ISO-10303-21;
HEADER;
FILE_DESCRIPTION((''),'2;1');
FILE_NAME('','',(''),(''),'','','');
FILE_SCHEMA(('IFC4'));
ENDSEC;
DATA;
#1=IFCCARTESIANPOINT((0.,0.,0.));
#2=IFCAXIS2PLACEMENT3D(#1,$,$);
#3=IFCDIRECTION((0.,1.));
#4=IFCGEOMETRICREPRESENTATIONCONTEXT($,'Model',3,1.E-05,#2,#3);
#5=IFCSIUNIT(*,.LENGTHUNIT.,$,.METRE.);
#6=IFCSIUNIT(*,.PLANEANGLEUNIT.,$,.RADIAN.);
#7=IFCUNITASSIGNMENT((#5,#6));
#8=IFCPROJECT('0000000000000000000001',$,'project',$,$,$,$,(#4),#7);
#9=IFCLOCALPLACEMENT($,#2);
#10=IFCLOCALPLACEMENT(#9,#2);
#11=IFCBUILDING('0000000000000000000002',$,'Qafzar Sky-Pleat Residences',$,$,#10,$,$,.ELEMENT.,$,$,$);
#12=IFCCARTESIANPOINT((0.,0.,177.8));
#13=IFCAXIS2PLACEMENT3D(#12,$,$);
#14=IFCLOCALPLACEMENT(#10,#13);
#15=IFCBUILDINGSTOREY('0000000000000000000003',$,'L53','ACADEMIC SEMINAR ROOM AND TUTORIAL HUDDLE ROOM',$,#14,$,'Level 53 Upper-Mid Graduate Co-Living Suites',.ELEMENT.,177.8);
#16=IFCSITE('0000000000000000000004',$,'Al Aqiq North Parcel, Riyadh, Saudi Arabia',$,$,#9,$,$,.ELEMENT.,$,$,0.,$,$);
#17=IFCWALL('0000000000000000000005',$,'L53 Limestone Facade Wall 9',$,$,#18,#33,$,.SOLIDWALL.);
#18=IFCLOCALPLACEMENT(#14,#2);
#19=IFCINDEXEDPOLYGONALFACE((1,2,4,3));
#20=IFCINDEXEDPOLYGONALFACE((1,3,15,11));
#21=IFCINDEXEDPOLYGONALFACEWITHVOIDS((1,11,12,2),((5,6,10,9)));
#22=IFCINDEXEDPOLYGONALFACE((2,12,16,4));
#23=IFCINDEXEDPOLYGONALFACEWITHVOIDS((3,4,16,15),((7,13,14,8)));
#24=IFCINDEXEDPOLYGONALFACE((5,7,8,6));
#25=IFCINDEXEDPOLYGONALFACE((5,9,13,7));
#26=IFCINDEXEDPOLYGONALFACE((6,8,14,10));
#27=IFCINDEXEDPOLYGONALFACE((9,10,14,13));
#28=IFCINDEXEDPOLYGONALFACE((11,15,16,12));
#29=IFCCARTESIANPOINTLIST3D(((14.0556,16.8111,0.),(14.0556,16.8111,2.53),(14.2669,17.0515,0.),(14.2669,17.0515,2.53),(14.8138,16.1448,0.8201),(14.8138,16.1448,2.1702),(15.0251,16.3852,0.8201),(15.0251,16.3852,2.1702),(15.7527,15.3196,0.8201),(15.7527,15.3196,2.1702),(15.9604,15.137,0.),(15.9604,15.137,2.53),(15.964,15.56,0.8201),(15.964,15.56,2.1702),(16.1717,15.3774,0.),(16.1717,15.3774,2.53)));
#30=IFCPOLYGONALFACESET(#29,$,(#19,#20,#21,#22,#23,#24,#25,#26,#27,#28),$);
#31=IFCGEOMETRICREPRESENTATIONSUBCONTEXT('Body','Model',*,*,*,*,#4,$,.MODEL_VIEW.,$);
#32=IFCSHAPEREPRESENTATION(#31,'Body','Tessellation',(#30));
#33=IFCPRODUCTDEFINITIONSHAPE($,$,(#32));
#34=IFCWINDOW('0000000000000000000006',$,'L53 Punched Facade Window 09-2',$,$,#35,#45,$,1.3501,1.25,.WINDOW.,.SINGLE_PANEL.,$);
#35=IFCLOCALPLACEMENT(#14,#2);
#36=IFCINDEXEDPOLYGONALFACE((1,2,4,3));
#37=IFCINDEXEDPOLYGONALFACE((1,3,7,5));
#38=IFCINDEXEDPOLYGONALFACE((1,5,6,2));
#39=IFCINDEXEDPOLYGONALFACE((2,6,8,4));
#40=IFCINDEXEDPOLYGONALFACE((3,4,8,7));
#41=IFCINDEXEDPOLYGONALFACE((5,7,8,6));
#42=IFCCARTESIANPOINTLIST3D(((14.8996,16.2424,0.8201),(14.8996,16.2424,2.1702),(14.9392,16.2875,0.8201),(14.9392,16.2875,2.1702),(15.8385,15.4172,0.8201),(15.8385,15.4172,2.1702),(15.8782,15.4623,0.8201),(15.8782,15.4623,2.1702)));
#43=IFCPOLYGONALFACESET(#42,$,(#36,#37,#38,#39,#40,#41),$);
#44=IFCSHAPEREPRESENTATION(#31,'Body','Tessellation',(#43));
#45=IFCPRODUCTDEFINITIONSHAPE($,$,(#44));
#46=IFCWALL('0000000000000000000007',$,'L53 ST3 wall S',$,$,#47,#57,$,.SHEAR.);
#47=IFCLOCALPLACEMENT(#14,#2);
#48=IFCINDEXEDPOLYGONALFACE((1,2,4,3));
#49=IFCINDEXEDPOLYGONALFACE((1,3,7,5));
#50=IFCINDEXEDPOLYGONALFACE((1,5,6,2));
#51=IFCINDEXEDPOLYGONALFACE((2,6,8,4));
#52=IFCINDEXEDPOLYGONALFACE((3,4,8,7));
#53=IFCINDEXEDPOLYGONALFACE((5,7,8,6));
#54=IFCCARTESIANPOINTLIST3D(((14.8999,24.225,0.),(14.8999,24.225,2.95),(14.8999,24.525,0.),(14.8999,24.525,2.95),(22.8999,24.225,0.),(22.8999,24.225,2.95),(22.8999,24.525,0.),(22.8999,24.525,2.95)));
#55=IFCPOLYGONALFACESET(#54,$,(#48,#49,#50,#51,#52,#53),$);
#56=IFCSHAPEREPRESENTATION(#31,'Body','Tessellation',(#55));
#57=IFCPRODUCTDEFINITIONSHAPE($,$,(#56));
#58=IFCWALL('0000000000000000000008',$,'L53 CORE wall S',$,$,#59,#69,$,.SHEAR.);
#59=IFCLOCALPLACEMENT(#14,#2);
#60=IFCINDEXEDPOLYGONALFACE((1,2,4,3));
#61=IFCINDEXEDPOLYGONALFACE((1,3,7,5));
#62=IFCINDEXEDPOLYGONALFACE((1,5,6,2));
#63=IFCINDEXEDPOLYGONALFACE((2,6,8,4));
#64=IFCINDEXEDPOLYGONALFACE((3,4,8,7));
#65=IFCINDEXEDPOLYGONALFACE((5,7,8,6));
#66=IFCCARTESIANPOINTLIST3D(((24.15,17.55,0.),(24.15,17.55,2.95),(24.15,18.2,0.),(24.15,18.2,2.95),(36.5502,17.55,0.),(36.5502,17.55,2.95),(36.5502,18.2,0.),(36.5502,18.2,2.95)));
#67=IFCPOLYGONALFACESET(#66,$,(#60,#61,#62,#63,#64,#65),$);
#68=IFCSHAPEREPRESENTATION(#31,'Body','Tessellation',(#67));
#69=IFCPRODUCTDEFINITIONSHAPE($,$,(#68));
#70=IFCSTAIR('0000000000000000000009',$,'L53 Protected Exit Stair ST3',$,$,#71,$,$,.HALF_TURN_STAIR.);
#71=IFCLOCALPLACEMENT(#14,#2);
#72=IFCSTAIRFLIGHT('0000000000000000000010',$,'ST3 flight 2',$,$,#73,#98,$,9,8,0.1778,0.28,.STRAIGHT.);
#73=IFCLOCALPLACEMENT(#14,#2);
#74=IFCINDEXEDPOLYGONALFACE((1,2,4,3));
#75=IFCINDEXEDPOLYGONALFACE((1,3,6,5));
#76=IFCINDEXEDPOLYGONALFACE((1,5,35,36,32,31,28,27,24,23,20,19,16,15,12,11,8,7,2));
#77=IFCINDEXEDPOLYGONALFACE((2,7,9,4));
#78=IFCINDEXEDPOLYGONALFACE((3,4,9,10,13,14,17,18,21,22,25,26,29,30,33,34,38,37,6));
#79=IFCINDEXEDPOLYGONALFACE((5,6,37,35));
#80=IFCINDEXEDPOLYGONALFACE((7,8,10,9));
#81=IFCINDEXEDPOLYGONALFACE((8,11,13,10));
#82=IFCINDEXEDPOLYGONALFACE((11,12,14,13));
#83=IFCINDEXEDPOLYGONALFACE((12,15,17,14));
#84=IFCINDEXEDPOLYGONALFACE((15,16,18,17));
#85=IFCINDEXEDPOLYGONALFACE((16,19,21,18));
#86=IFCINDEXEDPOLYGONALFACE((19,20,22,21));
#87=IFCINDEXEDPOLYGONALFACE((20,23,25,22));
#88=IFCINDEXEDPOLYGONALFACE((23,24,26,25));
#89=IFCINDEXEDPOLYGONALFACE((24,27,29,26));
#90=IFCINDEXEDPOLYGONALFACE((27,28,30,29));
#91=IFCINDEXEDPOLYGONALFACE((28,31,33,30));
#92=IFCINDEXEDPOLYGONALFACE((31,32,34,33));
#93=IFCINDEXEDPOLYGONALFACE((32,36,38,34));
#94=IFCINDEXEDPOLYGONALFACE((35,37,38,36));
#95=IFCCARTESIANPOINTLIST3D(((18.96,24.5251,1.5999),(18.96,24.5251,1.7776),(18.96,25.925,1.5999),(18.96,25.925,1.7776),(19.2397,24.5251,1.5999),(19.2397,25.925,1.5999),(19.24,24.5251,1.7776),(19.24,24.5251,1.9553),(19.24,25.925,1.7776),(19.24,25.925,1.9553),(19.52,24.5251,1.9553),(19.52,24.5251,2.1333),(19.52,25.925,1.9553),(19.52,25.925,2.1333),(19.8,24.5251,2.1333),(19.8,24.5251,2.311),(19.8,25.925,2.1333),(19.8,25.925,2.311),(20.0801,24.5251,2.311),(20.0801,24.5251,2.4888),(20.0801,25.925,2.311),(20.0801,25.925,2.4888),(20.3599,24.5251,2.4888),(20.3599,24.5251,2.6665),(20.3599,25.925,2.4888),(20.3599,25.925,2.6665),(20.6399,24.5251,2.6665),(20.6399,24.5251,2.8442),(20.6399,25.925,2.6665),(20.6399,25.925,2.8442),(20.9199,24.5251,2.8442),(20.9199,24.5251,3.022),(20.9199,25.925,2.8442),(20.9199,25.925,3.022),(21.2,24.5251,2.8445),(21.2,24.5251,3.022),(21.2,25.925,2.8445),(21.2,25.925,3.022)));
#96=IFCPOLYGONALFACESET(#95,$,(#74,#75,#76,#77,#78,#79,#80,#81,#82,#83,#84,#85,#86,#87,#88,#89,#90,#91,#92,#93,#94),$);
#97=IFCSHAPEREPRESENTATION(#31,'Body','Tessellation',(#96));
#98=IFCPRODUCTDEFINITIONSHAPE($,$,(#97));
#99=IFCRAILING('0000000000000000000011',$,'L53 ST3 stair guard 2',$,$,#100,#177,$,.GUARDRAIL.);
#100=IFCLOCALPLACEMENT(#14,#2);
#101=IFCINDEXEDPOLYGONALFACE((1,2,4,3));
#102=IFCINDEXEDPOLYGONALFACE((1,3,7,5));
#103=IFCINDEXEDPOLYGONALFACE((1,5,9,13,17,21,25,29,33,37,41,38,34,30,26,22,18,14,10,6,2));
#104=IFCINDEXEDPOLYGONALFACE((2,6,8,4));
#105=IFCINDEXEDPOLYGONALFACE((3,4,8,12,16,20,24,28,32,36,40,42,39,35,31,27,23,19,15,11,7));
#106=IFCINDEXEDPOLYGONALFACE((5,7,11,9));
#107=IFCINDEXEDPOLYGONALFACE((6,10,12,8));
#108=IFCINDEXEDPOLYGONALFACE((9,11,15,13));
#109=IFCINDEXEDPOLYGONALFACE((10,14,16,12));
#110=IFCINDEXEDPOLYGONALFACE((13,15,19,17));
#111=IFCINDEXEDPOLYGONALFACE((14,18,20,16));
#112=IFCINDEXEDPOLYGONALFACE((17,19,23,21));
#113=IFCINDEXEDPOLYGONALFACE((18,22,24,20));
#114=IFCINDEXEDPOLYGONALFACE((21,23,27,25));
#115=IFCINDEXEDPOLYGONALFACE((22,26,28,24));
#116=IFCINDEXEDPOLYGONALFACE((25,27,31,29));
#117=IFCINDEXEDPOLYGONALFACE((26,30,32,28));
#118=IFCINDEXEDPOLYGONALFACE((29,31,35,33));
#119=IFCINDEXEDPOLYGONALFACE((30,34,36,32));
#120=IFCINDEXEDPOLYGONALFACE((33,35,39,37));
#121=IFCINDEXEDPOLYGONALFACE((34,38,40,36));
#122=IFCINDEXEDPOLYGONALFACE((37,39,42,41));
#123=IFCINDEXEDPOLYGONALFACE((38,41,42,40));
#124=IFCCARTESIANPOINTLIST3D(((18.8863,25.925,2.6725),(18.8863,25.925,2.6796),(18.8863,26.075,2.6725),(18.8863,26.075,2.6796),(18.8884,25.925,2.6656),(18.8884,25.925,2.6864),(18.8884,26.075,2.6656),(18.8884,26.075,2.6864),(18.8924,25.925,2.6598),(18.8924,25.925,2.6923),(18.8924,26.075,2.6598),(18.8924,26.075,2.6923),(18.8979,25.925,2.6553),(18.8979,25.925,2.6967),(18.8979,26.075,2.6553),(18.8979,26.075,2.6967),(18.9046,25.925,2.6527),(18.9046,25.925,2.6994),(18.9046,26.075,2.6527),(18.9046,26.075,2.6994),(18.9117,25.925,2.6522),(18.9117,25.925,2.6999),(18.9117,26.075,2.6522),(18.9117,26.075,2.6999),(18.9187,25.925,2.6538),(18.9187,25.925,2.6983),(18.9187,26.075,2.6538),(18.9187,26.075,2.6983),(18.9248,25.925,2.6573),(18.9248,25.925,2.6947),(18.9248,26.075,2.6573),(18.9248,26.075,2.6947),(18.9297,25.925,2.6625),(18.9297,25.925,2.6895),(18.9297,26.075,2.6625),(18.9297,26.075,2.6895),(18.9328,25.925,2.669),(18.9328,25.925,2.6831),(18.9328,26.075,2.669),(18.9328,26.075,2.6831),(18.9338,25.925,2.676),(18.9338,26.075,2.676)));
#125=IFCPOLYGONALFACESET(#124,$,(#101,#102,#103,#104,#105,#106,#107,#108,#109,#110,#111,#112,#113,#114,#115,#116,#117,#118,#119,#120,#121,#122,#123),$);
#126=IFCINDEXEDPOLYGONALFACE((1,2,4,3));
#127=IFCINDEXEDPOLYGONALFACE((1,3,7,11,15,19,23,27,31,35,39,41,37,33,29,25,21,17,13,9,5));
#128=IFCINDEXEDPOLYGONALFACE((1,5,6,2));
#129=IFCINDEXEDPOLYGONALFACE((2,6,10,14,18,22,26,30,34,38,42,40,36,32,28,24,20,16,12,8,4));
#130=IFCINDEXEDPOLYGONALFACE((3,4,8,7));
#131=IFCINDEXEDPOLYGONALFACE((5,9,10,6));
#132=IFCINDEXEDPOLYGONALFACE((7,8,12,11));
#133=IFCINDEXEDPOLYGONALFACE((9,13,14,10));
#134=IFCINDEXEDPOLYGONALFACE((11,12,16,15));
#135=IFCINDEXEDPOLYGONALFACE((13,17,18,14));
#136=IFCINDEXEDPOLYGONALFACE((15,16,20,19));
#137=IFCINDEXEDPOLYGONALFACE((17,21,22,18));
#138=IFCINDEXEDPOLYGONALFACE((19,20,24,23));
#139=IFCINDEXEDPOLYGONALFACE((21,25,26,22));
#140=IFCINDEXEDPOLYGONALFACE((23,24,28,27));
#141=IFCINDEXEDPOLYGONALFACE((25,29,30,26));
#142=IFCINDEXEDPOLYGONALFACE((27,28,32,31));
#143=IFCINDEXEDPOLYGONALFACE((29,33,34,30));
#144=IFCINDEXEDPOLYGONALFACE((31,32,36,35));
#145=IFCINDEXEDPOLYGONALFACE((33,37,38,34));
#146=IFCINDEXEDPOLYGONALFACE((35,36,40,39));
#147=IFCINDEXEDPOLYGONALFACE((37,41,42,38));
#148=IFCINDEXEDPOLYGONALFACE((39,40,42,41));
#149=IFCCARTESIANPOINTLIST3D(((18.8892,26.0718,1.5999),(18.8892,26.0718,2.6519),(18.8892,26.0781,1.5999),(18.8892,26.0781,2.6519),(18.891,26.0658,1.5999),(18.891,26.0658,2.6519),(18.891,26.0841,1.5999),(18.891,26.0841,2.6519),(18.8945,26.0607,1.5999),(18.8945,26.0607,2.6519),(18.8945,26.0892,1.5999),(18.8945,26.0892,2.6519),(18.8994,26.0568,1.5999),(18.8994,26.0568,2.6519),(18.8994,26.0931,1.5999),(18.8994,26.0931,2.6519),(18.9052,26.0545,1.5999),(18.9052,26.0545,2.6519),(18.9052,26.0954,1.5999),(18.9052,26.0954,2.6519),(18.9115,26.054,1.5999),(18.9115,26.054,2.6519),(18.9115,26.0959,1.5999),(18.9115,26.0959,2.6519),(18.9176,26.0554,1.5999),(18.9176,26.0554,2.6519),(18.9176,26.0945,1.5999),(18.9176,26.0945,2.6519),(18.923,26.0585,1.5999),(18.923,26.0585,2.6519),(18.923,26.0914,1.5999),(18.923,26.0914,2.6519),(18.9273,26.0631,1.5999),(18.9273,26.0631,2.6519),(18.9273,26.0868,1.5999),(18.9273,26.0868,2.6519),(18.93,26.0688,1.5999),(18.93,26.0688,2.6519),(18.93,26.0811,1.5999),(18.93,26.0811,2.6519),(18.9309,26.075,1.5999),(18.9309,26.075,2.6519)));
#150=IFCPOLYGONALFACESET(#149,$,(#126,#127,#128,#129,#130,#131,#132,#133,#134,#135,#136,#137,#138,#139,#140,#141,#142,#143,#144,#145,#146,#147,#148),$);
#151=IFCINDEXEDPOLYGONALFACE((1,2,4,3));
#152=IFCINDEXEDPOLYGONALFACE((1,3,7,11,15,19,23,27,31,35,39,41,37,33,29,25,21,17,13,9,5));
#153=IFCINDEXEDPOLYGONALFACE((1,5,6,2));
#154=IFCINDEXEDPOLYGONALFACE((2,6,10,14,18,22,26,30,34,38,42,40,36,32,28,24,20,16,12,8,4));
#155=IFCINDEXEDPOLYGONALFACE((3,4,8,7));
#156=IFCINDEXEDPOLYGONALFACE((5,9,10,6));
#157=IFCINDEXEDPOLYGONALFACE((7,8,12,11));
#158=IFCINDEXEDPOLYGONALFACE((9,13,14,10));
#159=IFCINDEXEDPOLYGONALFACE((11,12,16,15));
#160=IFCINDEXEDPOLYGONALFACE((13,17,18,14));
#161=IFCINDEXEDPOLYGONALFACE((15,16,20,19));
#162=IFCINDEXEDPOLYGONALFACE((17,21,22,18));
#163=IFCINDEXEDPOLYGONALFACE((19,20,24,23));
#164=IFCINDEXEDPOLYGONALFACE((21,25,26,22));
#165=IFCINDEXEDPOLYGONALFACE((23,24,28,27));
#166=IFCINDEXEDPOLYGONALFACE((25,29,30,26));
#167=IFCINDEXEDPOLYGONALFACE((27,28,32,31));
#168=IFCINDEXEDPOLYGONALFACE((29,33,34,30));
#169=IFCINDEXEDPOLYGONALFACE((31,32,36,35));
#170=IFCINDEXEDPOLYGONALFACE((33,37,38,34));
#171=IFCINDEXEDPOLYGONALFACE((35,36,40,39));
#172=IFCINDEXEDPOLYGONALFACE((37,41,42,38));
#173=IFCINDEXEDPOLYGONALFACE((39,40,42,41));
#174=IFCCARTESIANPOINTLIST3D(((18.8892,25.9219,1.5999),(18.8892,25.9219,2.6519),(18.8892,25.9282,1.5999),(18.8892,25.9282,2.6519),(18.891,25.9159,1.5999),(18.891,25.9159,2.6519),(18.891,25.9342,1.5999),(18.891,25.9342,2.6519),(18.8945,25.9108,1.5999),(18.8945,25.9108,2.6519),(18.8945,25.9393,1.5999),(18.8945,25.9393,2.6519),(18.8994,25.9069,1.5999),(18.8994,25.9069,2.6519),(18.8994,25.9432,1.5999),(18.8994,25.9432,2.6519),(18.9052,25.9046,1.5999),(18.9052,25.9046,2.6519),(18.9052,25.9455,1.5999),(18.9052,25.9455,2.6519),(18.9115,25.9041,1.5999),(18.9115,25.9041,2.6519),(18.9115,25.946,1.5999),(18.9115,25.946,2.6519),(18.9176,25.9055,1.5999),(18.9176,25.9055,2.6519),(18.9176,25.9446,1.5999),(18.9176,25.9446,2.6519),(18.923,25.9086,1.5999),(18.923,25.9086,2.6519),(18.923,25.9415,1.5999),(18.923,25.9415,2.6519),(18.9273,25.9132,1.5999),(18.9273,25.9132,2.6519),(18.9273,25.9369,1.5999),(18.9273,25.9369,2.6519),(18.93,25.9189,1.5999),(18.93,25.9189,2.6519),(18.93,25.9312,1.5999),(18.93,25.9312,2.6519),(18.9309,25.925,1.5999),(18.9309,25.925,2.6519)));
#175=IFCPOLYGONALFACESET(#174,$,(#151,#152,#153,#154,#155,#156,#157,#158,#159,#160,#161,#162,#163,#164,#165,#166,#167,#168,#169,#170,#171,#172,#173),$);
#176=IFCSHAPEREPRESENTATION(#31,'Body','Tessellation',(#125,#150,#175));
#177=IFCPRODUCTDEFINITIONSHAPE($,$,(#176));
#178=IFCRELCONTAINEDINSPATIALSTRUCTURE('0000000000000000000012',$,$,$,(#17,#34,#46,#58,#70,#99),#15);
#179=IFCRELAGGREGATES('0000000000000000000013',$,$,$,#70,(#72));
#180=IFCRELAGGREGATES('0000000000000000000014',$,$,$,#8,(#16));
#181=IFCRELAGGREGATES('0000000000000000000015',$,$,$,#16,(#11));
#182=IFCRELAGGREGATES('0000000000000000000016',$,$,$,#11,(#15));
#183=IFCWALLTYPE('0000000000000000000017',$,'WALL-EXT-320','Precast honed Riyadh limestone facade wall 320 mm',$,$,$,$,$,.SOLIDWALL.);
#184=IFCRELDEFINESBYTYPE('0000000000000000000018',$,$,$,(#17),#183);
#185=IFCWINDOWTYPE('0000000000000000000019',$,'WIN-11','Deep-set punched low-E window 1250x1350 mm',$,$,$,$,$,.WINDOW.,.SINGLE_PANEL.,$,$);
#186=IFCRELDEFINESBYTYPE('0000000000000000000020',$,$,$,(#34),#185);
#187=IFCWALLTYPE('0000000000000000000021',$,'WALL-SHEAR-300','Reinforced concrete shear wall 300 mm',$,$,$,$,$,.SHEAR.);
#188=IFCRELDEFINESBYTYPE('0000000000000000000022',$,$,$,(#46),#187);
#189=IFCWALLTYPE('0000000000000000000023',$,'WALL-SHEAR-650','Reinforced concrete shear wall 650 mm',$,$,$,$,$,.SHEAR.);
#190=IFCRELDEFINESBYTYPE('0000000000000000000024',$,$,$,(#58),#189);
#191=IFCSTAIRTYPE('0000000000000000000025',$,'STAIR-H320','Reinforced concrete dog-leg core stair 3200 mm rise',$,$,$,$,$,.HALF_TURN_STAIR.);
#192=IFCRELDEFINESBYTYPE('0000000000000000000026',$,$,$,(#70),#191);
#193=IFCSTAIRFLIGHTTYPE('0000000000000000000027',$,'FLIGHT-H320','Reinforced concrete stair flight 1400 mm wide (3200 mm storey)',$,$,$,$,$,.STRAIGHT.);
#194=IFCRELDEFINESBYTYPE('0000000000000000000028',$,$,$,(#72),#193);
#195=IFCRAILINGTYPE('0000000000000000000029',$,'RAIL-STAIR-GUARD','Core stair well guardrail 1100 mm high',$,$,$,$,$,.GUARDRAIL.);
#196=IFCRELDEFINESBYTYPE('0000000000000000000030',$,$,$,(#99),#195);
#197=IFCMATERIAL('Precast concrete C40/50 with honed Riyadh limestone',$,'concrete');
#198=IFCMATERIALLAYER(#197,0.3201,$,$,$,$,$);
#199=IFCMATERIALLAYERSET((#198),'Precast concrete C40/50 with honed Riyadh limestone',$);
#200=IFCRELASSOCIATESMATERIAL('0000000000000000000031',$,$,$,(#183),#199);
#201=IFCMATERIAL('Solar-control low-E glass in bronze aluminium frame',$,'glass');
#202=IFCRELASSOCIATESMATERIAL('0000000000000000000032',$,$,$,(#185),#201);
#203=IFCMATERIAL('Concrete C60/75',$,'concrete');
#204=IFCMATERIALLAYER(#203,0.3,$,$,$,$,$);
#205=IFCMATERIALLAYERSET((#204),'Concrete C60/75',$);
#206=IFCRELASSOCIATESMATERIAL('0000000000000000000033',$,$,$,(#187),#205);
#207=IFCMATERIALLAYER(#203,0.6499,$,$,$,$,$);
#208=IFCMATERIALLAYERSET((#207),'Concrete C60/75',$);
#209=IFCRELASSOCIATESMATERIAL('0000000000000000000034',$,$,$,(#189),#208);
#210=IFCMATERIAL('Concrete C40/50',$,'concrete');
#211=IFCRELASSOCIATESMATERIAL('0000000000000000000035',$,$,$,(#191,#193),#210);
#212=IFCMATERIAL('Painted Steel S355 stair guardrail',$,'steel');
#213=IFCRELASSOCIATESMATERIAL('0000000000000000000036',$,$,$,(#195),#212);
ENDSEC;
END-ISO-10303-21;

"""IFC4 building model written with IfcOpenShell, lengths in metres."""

from ifc_helpers import new_model, si_unit, direction, frame, frame_2d, origin, origin_2d, place, context, subcontext, project, spatial, polyline, rectangle, circle, outline, extrude, source, transform, mapped, material, layer, layer_set, type_object, element, fill, aggregate, save


model = new_model("IFC4")

# Units and contexts
model_context = context("Model", 3, precision=1e-05, world=origin(), true_north=direction((0.0, 1.0)))
body_context = subcontext(model_context, "Body", "Model", "MODEL_VIEW")
ifc_project = project(units=[si_unit("LENGTHUNIT", "METRE"), si_unit("PLANEANGLEUNIT", "RADIAN")], contexts=[model_context])

# Site, building, storey
site_placement = place(None, origin())
site = spatial("IfcSite", under=ifc_project, at=site_placement, Name="Al Aqiq North Parcel, Riyadh, Saudi Arabia", CompositionType="ELEMENT", RefElevation=0.0)
building_placement = place(site_placement, origin())
building = spatial("IfcBuilding", under=site, at=building_placement, Name="Qafzar Sky-Pleat Residences", CompositionType="ELEMENT")
storey_placement = place(building_placement, frame((0.0, 0.0, 177.8)))
storey = spatial("IfcBuildingStorey", under=building, at=storey_placement, Name="L53", Description="ACADEMIC SEMINAR ROOM AND TUTORIAL HUDDLE ROOM", LongName="Level 53 Upper-Mid Graduate Co-Living Suites", CompositionType="ELEMENT", Elevation=177.8)

# Wall, opening, window
ifc_material_1 = material(Name="Precast concrete C40/50 with honed Riyadh limestone", Category="concrete")
ifc_layer_1 = layer(ifc_material_1, 0.3201)
ifc_layer_set_1 = layer_set([ifc_layer_1], Name="Precast concrete C40/50 with honed Riyadh limestone")
wall_type_1 = type_object("IfcWallType", Name="WALL-EXT-320", Description="Precast honed Riyadh limestone facade wall 320 mm", PredefinedType="SOLIDWALL", material=ifc_layer_set_1)
wall_1_placement = place(storey_placement, frame((14.1611, 16.9314, 0.0), z_axis=(0.0, 0.0, 1.0), x_axis=(0.751132, -0.660152, 0.0)))
wall_1 = element("IfcWall", 1, at=wall_1_placement, inside=storey, type_object=wall_type_1, Name="L53 Limestone Facade Wall 9", PredefinedType="SOLIDWALL", context=body_context, shape_type="SweptSolid", body=[
    extrude(rectangle(XDim=2.5359, YDim=0.3201, at=frame_2d((1.2681, 0.0))), origin(), (0.0, 0.0, 1.0), 2.53),
])
opening_1_placement = place(wall_1_placement, frame((1.0095, 0.0, 0.8201)))
opening_1 = element("IfcOpeningElement", 2, at=opening_1_placement, cuts=wall_1, PredefinedType="OPENING", context=body_context, shape_type="SweptSolid", body=[
    extrude(rectangle(XDim=1.25, YDim=1.3501, at=frame_2d((0.625, 0.675))), frame((0.0, 0.1699, 0.0), z_axis=(0.0, -1.0, 0.0), x_axis=(1.0, 0.0, 0.0)), (0.0, 0.0, 1.0), 0.3401),
])
ifc_material_2 = material(Name="Solar-control low-E glass in bronze aluminium frame", Category="glass")
window_type = type_object("IfcWindowType", Name="WIN-11", Description="Deep-set punched low-E window 1250x1350 mm", PartitioningType="SINGLE_PANEL", PredefinedType="WINDOW", material=ifc_material_2)
shared_shape_1 = source(origin(), body_context, "Body", "SweptSolid", [
    extrude(rectangle(XDim=1.25, YDim=1.3501, at=frame_2d((0.625, 0.675))), frame((0.0, 0.03, 0.0), z_axis=(0.0, -1.0, 0.0), x_axis=(1.0, 0.0, 0.0)), (0.0, 0.0, 1.0), 0.0601),
])
window_placement = place(opening_1_placement, origin())
window = element("IfcWindow", 3, at=window_placement, inside=storey, type_object=window_type, Name="L53 Punched Facade Window 09-2", OverallHeight=1.3501, OverallWidth=1.25, PartitioningType="SINGLE_PANEL", PredefinedType="WINDOW", context=body_context, shape_type="MappedRepresentation", body=[
    mapped(shared_shape_1, transform((0.0, 0.0, 0.0), x_axis=(1.0, 0.0, 0.0), y_axis=(0.0, 1.0, 0.0), z_axis=(0.0, 0.0, 1.0), scale=1.0)),
])
fill(opening_1, window)

# Wall
ifc_material_3 = material(Name="Concrete C60/75", Category="concrete")
ifc_layer_2 = layer(ifc_material_3, 0.3)
ifc_layer_set_2 = layer_set([ifc_layer_2], Name="Concrete C60/75")
wall_type_2 = type_object("IfcWallType", Name="WALL-SHEAR-300", Description="Reinforced concrete shear wall 300 mm", PredefinedType="SHEAR", material=ifc_layer_set_2)
wall_2_placement = place(storey_placement, frame((14.8999, 24.375, 0.0), z_axis=(0.0, 0.0, 1.0), x_axis=(1.0, 0.0, 0.0)))
element("IfcWall", 4, at=wall_2_placement, inside=storey, type_object=wall_type_2, Name="L53 ST3 wall S", PredefinedType="SHEAR", context=body_context, shape_type="SweptSolid", body=[
    extrude(rectangle(XDim=8.0, YDim=0.3, at=frame_2d((4.0, 0.0))), origin(), (0.0, 0.0, 1.0), 2.95),
])

# Wall
ifc_layer_3 = layer(ifc_material_3, 0.6499)
ifc_layer_set_3 = layer_set([ifc_layer_3], Name="Concrete C60/75")
wall_type_3 = type_object("IfcWallType", Name="WALL-SHEAR-650", Description="Reinforced concrete shear wall 650 mm", PredefinedType="SHEAR", material=ifc_layer_set_3)
wall_3_placement = place(storey_placement, frame((24.1499, 17.875, 0.0), z_axis=(0.0, 0.0, 1.0), x_axis=(1.0, 0.0, 0.0)))
element("IfcWall", 5, at=wall_3_placement, inside=storey, type_object=wall_type_3, Name="L53 CORE wall S", PredefinedType="SHEAR", context=body_context, shape_type="SweptSolid", body=[
    extrude(rectangle(XDim=12.4001, YDim=0.6499, at=frame_2d((6.2002, 0.0))), origin(), (0.0, 0.0, 1.0), 2.95),
])

# Stair, stair flight
ifc_material_4 = material(Name="Concrete C40/50", Category="concrete")
stair_type = type_object("IfcStairType", Name="STAIR-H320", Description="Reinforced concrete dog-leg core stair 3200 mm rise", PredefinedType="HALF_TURN_STAIR", material=ifc_material_4)
stair_placement = place(storey_placement, origin())
stair = element("IfcStair", 6, at=stair_placement, inside=storey, type_object=stair_type, Name="L53 Protected Exit Stair ST3", PredefinedType="HALF_TURN_STAIR")
stair_flight_type = type_object("IfcStairFlightType", Name="FLIGHT-H320", Description="Reinforced concrete stair flight 1400 mm wide (3200 mm storey)", PredefinedType="STRAIGHT", material=ifc_material_4)
shared_shape_2 = source(origin(), body_context, "Body", "SweptSolid", [
    extrude(outline(polyline([(0.0, 0.0), (0.0, 0.1777), (0.28, 0.1777), (0.28, 0.3555), (0.5601, 0.3555), (0.5601, 0.5334), (0.8401, 0.5334), (0.8401, 0.7112), (1.1201, 0.7112), (1.1201, 0.8889), (1.3999, 0.8889), (1.3999, 1.0667), (1.6799, 1.0667), (1.6799, 1.2444), (1.96, 1.2444), (1.96, 1.4221), (2.24, 1.4221), (2.24, 1.6001), (2.24, 1.2446), (0.2798, 0.0), (0.0, 0.0)])), frame((0.0, 0.7, 0.0), z_axis=(0.0, -1.0, 0.0), x_axis=(1.0, 0.0, 0.0)), (0.0, 0.0, 1.0), 1.3999),
])
stair_flight_placement = place(storey_placement, frame((18.96, 25.2251, 1.5999), z_axis=(0.0, 0.0, 1.0), x_axis=(1.0, 0.0, 0.0)))
stair_flight = element("IfcStairFlight", 7, at=stair_flight_placement, type_object=stair_flight_type, Name="ST3 flight 2", NumberOfRisers=9, NumberOfTreads=8, PredefinedType="STRAIGHT", RiserHeight=0.1778, TreadLength=0.28, context=body_context, shape_type="MappedRepresentation", body=[
    mapped(shared_shape_2, transform((0.0, 0.0, 0.0), x_axis=(1.0, 0.0, 0.0), y_axis=(0.0, 1.0, 0.0), z_axis=(0.0, 0.0, 1.0), scale=1.0)),
])
aggregate(stair, [stair_flight])

# Railing
ifc_material_5 = material(Name="Painted Steel S355 stair guardrail", Category="steel")
railing_type_1 = type_object("IfcRailingType", Name="RAIL-STAIR-GUARD", Description="Core stair well guardrail 1100 mm high", PredefinedType="GUARDRAIL", material=ifc_material_5)
shared_shape_3 = source(origin(), body_context, "Body", "SweptSolid", [
    extrude(circle(Radius=0.0239, at=origin_2d()), frame((0.0, 0.0, 1.0762), z_axis=(0.0, -1.0, 0.0), x_axis=(1.0, 0.0, 0.0)), (0.0, 0.0, 1.0), 0.1499),
    extrude(circle(Radius=0.021, at=origin_2d()), origin(), (0.0, 0.0, 1.0), 1.052),
    extrude(circle(Radius=0.021, at=origin_2d()), frame((0.0, -0.1499, 0.0)), (0.0, 0.0, 1.0), 1.052),
])
for number, where, name in (
    (8, (18.9099, 26.075, 1.5999), "L53 ST3 stair guard 2"),
):
    element("IfcRailing", number, at=place(storey_placement, frame(where)), inside=storey, type_object=railing_type_1, Name=name, PredefinedType="GUARDRAIL", context=body_context, shape_type="MappedRepresentation", body=[
        mapped(shared_shape_3, transform((0.0, 0.0, 0.0), x_axis=(1.0, 0.0, 0.0), y_axis=(0.0, 1.0, 0.0), z_axis=(0.0, 0.0, 1.0), scale=1.0)),
    ])

save(model, "model.ifc")
